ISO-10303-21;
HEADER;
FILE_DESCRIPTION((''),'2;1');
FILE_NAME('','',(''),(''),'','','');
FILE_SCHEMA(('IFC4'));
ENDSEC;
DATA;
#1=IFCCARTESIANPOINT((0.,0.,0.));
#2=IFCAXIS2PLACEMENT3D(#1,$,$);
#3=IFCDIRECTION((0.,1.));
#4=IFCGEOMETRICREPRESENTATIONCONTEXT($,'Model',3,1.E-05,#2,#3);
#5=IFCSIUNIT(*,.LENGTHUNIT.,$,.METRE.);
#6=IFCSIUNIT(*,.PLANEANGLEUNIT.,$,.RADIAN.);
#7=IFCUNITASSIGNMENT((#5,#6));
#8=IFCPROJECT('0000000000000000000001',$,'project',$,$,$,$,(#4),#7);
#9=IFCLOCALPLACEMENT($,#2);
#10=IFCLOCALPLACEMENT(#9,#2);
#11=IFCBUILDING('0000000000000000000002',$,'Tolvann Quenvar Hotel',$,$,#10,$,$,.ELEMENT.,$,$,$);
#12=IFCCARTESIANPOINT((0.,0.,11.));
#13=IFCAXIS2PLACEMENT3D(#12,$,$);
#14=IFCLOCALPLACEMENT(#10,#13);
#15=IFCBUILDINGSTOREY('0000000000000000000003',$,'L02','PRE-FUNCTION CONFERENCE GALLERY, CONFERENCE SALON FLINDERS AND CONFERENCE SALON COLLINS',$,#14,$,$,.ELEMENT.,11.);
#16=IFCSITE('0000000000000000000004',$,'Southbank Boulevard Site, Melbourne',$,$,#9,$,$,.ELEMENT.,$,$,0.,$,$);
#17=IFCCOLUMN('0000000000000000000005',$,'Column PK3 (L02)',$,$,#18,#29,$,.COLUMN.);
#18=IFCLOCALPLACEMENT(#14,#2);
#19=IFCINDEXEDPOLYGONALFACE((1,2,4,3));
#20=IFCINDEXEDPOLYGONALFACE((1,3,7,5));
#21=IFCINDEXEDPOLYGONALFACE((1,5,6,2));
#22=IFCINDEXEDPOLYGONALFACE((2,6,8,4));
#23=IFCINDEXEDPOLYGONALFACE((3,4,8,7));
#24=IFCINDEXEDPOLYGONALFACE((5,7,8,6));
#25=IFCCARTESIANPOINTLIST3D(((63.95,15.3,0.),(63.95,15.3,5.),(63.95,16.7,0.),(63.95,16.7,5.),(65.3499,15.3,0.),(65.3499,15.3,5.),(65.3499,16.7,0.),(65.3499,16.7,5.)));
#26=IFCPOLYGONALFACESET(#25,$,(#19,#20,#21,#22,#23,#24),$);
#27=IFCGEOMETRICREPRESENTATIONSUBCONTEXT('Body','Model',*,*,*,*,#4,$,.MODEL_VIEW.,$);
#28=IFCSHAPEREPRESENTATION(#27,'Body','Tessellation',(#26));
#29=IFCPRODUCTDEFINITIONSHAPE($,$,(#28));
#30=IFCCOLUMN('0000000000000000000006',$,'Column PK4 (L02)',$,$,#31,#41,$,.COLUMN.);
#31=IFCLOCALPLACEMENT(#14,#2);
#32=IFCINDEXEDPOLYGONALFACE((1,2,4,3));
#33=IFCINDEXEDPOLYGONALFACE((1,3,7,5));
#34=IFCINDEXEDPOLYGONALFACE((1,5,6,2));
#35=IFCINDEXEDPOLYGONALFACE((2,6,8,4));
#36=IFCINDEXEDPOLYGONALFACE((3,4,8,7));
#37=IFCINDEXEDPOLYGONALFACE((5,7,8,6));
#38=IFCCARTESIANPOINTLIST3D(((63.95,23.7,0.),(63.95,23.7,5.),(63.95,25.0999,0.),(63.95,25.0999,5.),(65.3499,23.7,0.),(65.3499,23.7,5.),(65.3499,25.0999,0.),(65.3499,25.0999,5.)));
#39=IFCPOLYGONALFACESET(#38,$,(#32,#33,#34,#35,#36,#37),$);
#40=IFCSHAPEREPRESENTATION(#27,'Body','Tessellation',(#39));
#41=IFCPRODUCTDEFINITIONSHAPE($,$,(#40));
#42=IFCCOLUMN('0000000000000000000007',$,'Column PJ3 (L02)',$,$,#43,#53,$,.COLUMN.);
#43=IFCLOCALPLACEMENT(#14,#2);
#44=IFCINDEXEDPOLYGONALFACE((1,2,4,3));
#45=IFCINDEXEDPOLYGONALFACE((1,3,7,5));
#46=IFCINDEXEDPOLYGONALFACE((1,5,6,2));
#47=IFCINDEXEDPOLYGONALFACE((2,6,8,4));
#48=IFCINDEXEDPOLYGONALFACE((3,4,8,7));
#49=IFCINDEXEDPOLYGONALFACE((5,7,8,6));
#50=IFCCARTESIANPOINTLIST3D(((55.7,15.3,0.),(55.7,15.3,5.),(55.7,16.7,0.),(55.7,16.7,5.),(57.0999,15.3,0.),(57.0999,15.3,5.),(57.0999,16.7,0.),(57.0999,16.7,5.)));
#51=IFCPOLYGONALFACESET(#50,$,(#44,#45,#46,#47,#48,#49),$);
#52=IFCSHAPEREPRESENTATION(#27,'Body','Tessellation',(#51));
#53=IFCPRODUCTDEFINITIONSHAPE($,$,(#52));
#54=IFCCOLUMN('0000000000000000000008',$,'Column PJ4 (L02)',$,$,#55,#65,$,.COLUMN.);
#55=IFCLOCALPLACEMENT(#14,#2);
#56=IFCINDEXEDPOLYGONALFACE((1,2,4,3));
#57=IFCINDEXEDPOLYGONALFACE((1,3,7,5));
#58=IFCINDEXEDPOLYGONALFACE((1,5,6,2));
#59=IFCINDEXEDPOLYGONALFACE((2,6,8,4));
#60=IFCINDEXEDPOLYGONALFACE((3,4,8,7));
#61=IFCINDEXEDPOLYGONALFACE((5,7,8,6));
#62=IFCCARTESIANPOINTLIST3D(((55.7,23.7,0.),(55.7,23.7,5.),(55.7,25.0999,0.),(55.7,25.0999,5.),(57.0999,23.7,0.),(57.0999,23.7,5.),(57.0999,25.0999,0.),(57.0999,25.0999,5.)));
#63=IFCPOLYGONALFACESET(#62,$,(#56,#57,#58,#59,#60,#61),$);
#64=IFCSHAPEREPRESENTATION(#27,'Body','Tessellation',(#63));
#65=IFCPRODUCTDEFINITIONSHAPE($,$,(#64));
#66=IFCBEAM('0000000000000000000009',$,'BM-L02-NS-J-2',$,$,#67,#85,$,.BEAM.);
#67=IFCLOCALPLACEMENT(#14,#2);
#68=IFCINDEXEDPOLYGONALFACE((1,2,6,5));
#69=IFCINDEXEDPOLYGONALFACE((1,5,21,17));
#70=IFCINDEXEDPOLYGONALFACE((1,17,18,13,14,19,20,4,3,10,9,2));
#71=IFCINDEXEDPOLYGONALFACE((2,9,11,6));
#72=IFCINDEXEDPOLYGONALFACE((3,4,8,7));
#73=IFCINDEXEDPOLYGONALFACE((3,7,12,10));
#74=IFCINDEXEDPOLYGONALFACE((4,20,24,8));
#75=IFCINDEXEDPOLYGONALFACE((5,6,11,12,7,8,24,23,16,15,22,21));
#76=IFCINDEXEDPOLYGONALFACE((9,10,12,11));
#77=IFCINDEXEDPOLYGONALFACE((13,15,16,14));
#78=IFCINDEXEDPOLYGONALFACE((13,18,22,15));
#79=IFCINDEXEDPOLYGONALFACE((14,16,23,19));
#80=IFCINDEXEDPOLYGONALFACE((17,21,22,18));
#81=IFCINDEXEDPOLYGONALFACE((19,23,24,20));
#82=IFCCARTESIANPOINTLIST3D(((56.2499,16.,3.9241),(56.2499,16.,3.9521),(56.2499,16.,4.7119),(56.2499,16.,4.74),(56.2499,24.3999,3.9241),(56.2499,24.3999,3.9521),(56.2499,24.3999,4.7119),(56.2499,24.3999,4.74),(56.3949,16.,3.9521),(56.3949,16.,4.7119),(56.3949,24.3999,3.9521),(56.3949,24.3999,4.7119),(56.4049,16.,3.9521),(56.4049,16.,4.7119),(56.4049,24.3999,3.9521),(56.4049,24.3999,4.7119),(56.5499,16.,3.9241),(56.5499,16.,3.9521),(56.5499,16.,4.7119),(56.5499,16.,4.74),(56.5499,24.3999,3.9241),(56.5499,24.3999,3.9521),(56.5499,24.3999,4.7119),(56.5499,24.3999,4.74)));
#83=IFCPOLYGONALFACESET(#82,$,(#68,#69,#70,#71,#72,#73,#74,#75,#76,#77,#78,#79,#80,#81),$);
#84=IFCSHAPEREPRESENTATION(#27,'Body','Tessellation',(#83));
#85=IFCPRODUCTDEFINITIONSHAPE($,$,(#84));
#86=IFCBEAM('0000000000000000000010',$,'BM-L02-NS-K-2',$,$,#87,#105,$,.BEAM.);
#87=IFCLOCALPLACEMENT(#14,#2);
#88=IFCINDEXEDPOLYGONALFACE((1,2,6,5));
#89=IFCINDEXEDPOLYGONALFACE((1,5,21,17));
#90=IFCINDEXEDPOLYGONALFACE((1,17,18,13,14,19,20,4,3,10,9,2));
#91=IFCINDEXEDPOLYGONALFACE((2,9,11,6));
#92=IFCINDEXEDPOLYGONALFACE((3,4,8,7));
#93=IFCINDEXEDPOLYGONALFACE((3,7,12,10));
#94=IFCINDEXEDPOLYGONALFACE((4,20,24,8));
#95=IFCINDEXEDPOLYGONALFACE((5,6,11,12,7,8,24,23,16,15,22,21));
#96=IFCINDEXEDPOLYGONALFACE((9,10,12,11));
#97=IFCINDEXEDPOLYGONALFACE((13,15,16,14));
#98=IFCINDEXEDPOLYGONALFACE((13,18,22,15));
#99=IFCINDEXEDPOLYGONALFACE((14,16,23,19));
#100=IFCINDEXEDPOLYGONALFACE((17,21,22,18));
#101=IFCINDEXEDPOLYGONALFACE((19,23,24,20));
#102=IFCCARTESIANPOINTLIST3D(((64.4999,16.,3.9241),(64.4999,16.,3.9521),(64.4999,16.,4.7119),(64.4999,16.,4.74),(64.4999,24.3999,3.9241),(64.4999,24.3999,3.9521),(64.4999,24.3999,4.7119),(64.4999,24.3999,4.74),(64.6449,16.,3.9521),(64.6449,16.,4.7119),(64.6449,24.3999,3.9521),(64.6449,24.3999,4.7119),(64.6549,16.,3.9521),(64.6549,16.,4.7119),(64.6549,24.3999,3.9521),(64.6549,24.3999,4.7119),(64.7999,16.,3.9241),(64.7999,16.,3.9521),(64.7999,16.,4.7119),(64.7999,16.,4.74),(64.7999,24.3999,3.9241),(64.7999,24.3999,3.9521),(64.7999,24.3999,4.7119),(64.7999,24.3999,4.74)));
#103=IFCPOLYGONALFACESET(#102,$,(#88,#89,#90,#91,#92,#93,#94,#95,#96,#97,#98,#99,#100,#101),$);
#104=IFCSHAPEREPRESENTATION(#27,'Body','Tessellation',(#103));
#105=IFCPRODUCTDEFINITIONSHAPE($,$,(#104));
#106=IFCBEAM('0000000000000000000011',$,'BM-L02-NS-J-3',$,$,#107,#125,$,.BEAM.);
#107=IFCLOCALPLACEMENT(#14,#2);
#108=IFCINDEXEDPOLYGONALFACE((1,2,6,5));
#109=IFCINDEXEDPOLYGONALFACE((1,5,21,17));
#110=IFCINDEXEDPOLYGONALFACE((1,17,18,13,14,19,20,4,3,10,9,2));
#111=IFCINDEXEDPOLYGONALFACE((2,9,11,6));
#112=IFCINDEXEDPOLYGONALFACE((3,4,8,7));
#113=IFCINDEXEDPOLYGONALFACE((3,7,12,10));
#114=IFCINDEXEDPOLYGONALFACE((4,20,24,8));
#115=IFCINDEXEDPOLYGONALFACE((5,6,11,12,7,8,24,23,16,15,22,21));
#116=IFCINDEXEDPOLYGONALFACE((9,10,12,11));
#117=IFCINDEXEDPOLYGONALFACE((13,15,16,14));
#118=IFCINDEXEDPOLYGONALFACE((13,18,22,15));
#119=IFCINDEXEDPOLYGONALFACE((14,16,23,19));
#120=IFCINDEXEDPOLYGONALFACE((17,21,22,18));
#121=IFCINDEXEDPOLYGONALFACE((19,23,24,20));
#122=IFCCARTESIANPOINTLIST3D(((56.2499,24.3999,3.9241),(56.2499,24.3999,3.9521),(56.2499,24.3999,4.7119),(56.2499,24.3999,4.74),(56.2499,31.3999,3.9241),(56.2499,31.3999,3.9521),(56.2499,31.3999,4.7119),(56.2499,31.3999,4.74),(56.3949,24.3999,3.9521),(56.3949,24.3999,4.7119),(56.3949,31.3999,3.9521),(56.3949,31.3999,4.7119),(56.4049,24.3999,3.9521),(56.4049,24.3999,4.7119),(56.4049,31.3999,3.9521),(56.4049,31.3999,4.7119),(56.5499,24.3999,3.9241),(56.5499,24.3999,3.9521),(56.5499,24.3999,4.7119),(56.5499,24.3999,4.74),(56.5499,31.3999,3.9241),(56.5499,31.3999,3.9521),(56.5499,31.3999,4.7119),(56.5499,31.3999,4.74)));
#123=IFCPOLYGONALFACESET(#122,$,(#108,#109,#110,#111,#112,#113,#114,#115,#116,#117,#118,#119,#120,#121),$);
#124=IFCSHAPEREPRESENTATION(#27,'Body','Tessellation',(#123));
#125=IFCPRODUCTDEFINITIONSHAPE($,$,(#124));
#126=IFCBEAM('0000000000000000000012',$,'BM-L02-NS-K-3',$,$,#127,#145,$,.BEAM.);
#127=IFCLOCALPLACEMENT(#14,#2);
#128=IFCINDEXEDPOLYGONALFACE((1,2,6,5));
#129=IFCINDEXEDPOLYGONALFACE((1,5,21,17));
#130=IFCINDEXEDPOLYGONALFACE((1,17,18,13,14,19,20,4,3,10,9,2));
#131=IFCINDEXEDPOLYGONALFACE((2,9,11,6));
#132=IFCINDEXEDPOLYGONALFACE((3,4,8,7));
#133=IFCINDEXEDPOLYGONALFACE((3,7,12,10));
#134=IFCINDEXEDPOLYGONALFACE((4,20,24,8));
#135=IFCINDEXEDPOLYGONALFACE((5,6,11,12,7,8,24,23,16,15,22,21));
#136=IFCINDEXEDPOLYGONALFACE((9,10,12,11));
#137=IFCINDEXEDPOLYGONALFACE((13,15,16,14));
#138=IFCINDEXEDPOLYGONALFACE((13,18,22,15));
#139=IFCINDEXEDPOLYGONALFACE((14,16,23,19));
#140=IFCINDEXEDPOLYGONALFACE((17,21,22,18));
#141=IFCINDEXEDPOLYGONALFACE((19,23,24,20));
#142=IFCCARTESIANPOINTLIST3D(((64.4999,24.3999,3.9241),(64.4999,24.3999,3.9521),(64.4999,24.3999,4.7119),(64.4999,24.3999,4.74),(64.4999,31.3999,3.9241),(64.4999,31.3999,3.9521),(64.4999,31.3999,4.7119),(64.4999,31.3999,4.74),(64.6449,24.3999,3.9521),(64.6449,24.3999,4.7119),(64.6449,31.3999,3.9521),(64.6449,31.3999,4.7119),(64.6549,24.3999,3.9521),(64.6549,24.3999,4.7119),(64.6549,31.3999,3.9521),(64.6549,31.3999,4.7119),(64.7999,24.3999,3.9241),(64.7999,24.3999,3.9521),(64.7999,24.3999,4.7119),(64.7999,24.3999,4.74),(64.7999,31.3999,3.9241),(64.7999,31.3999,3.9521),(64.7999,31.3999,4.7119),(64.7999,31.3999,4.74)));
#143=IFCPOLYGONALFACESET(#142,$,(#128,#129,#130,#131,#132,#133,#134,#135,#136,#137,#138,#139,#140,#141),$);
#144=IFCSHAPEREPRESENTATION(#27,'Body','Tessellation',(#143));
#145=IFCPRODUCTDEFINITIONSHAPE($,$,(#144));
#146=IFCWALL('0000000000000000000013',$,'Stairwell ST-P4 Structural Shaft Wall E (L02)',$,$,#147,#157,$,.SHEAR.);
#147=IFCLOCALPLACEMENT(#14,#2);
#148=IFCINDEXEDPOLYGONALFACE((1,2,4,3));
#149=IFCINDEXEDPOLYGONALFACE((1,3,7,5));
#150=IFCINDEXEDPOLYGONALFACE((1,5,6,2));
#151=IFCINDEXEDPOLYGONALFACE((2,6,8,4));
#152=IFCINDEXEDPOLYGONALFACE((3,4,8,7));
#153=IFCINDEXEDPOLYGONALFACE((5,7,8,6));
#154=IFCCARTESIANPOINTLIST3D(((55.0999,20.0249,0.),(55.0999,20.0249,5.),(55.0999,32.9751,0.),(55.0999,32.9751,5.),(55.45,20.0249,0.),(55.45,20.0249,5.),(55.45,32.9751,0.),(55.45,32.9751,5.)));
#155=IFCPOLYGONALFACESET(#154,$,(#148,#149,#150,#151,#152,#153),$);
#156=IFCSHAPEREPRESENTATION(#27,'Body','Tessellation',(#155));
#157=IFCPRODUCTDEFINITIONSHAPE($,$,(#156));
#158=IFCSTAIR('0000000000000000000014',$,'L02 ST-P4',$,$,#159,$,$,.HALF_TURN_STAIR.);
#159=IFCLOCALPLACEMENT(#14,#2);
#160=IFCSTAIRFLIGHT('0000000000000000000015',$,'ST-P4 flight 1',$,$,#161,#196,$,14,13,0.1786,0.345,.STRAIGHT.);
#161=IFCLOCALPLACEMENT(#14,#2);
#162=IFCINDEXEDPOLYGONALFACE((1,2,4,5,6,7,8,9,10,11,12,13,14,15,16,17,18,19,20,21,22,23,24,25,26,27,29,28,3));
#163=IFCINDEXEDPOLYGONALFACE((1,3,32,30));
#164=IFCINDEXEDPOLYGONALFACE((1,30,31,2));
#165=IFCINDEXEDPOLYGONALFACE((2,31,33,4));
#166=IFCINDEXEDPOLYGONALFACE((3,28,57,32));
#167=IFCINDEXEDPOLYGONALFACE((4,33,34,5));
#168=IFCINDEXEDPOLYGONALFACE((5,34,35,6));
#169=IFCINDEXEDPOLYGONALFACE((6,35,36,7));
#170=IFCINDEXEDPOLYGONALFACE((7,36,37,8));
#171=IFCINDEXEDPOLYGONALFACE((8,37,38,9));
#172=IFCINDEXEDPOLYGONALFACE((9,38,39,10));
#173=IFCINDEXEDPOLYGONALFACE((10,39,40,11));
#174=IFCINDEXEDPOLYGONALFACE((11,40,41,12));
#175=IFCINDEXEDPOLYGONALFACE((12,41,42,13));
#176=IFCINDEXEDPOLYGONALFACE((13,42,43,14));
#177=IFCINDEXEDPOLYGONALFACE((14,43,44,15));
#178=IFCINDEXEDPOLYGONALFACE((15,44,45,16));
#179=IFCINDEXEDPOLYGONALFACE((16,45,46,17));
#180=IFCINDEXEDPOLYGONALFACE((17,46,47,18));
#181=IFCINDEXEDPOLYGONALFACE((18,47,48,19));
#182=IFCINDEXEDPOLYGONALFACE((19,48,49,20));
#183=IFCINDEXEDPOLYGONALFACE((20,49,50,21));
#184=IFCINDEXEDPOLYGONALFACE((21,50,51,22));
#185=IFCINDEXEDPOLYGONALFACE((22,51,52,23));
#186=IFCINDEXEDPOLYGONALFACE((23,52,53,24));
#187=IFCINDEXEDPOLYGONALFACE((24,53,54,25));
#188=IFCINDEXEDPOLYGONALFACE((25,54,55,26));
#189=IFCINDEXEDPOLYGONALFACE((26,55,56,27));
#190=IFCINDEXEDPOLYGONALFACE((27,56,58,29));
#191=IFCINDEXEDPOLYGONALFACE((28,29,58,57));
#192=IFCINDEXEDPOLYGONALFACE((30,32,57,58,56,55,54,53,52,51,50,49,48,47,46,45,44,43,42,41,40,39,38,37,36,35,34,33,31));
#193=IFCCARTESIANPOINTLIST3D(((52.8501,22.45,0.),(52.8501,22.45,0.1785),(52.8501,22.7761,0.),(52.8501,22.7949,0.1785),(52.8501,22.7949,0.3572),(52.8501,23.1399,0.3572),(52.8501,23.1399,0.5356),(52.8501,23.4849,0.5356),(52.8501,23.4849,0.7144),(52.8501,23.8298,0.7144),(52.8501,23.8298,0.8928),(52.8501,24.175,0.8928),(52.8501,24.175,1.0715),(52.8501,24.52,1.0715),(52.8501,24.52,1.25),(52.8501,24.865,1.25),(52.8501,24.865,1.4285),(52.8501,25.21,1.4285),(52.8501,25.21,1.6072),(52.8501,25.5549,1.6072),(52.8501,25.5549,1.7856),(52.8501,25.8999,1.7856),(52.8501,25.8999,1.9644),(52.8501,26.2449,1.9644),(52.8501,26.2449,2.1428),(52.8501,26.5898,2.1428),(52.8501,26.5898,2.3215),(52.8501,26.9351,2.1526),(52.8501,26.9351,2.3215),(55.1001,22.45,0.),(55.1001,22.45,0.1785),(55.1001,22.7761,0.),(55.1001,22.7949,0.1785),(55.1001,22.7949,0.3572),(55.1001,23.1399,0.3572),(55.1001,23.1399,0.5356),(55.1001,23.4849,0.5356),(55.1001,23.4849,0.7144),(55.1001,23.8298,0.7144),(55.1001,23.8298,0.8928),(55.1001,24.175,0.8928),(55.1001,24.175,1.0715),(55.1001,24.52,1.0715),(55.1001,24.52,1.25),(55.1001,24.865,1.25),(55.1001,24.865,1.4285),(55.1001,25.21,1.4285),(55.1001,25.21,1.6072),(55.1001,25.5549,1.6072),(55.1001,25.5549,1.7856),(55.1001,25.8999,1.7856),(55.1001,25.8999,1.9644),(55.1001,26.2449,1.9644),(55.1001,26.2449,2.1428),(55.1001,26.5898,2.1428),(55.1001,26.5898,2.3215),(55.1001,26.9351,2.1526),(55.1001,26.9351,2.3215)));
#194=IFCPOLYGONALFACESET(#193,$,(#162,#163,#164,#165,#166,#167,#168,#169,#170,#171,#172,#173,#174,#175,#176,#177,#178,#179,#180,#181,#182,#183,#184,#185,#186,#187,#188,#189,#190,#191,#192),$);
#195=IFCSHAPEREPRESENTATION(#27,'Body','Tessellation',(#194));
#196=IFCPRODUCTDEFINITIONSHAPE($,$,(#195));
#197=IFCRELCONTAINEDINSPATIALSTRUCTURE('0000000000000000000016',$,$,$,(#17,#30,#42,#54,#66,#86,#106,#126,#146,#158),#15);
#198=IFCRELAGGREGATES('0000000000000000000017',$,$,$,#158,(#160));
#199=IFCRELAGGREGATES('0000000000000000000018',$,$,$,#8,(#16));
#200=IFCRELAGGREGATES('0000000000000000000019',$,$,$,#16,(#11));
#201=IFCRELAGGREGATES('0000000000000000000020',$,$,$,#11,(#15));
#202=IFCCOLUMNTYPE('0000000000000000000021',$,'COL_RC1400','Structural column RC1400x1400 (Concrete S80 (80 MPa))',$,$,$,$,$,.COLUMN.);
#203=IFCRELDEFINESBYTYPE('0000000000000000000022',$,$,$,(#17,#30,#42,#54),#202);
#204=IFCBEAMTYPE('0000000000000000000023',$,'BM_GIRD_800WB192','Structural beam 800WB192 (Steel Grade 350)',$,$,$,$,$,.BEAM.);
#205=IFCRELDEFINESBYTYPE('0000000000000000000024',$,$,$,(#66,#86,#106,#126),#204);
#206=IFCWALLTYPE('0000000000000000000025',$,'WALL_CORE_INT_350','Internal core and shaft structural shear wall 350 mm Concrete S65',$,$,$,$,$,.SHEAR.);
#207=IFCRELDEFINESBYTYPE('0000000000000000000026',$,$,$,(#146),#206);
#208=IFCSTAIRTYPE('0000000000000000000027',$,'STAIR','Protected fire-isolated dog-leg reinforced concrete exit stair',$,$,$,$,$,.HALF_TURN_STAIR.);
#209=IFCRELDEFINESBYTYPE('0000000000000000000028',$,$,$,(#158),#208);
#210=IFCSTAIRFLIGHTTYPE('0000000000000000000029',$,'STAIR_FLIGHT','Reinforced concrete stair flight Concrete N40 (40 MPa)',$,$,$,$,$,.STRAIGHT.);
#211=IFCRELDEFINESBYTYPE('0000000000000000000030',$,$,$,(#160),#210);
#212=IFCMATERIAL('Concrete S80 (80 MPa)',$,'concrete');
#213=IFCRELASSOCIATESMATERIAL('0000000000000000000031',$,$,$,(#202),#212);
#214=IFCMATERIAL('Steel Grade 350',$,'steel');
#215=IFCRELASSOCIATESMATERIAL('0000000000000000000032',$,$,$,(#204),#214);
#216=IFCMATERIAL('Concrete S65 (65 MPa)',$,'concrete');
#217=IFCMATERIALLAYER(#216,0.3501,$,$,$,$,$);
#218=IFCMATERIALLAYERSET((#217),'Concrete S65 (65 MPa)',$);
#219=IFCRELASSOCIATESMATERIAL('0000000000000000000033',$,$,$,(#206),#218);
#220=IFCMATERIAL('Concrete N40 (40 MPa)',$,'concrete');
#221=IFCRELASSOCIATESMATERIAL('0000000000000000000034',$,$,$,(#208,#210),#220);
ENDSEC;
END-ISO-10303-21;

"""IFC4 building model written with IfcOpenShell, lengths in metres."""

from ifc_helpers import new_model, si_unit, direction, frame, frame_2d, origin, origin_2d, place, context, subcontext, project, spatial, polyline, rectangle, i_section, outline, extrude, source, transform, mapped, material, layer, layer_set, material_profile, profile_set, type_object, type_shapes, element, aggregate, save


model = new_model("IFC4")

# Units and contexts
model_context = context("Model", 3, precision=1e-05, world=origin(), true_north=direction((0.0, 1.0)))
body_context = subcontext(model_context, "Body", "Model", "MODEL_VIEW")
ifc_project = project(units=[si_unit("LENGTHUNIT", "METRE"), si_unit("PLANEANGLEUNIT", "RADIAN")], contexts=[model_context])

# Site, building, storey
site_placement = place(None, origin())
site = spatial("IfcSite", under=ifc_project, at=site_placement, Name="Southbank Boulevard Site, Melbourne", CompositionType="ELEMENT", RefElevation=0.0)
building_placement = place(site_placement, origin())
building = spatial("IfcBuilding", under=site, at=building_placement, Name="Tolvann Quenvar Hotel", CompositionType="ELEMENT")
storey_placement = place(building_placement, frame((0.0, 0.0, 11.0)))
storey = spatial("IfcBuildingStorey", under=building, at=storey_placement, Name="L02", Description="PRE-FUNCTION CONFERENCE GALLERY, CONFERENCE SALON FLINDERS AND CONFERENCE SALON COLLINS", CompositionType="ELEMENT", Elevation=11.0)

# Columns
ifc_material_1 = material(Name="Concrete S80 (80 MPa)", Category="concrete")
ifc_material_profile_1 = material_profile(ifc_material_1, rectangle(XDim=1.3999, YDim=1.3999, at=origin_2d()), Name="RC1400x1400")
ifc_profile_set_1 = profile_set([ifc_material_profile_1], Name="Concrete S80 (80 MPa)")
column_type = type_object("IfcColumnType", Name="COL_RC1400", Description="Structural column RC1400x1400 (Concrete S80 (80 MPa))", PredefinedType="COLUMN", material=ifc_profile_set_1)
shared_shape_1 = source(origin(), body_context, "Body", "SweptSolid", [
    extrude(rectangle(XDim=1.3999, YDim=1.3999, at=origin_2d()), origin(), (0.0, 0.0, 1.0), 5.0),
])
type_shapes(column_type, [shared_shape_1])
for number, where, z_axis, x_axis, name in (
    (1, (64.6499, 16.0, 0.0), (0.0, 0.0, 1.0), (1.0, 0.0, 0.0), "Column PK3 (L02)"),
    (2, (64.6499, 24.3999, 0.0), (0.0, 0.0, 1.0), (1.0, 0.0, 0.0), "Column PK4 (L02)"),
    (3, (56.3999, 16.0, 0.0), (0.0, 0.0, 1.0), (1.0, 0.0, 0.0), "Column PJ3 (L02)"),
    (4, (56.3999, 24.3999, 0.0), (0.0, 0.0, 1.0), (1.0, 0.0, 0.0), "Column PJ4 (L02)"),
):
    element("IfcColumn", number, at=place(storey_placement, frame(where, z_axis=z_axis, x_axis=x_axis)), inside=storey, type_object=column_type, Name=name, PredefinedType="COLUMN", context=body_context, shape_type="MappedRepresentation", body=[
        mapped(shared_shape_1, transform((0.0, 0.0, 0.0), x_axis=(1.0, 0.0, 0.0), y_axis=(0.0, 1.0, 0.0), z_axis=(0.0, 0.0, 1.0), scale=1.0)),
    ])

# Beams
ifc_material_2 = material(Name="Steel Grade 350", Category="steel")
ifc_material_profile_2 = material_profile(ifc_material_2, i_section(OverallWidth=0.3, OverallDepth=0.8159, WebThickness=0.01, FlangeThickness=0.0281, at=origin_2d()), Name="800WB192")
ifc_profile_set_2 = profile_set([ifc_material_profile_2], Name="Steel Grade 350")
beam_type = type_object("IfcBeamType", Name="BM_GIRD_800WB192", Description="Structural beam 800WB192 (Steel Grade 350)", PredefinedType="BEAM", material=ifc_profile_set_2)
shared_shape_2 = source(origin(), body_context, "Body", "SweptSolid", [
    extrude(i_section(OverallWidth=0.3, OverallDepth=0.8159, WebThickness=0.01, FlangeThickness=0.0281, at=origin_2d()), origin(), (0.0, 0.0, 1.0), 8.3999),
])
for number, where, z_axis, x_axis, name in (
    (5, (56.3999, 16.0, 4.332), (0.0, 1.0, 0.0), (-1.0, 0.0, 0.0), "BM-L02-NS-J-2"),
    (6, (64.6499, 16.0, 4.332), (0.0, 1.0, 0.0), (-1.0, 0.0, 0.0), "BM-L02-NS-K-2"),
):
    element("IfcBeam", number, at=place(storey_placement, frame(where, z_axis=z_axis, x_axis=x_axis)), inside=storey, type_object=beam_type, Name=name, PredefinedType="BEAM", context=body_context, shape_type="MappedRepresentation", body=[
        mapped(shared_shape_2, transform((0.0, 0.0, 0.0), x_axis=(1.0, 0.0, 0.0), y_axis=(0.0, 1.0, 0.0), z_axis=(0.0, 0.0, 1.0), scale=1.0)),
    ])
shared_shape_3 = source(origin(), body_context, "Body", "SweptSolid", [
    extrude(i_section(OverallWidth=0.3, OverallDepth=0.8159, WebThickness=0.01, FlangeThickness=0.0281, at=origin_2d()), origin(), (0.0, 0.0, 1.0), 7.0),
])
type_shapes(beam_type, [shared_shape_2, shared_shape_3])
for number, where, z_axis, x_axis, name in (
    (7, (56.3999, 24.3999, 4.332), (0.0, 1.0, 0.0), (-1.0, 0.0, 0.0), "BM-L02-NS-J-3"),
    (8, (64.6499, 24.3999, 4.332), (0.0, 1.0, 0.0), (-1.0, 0.0, 0.0), "BM-L02-NS-K-3"),
):
    element("IfcBeam", number, at=place(storey_placement, frame(where, z_axis=z_axis, x_axis=x_axis)), inside=storey, type_object=beam_type, Name=name, PredefinedType="BEAM", context=body_context, shape_type="MappedRepresentation", body=[
        mapped(shared_shape_3, transform((0.0, 0.0, 0.0), x_axis=(1.0, 0.0, 0.0), y_axis=(0.0, 1.0, 0.0), z_axis=(0.0, 0.0, 1.0), scale=1.0)),
    ])

# Wall
ifc_material_3 = material(Name="Concrete S65 (65 MPa)", Category="concrete")
ifc_layer = layer(ifc_material_3, 0.3501)
ifc_layer_set = layer_set([ifc_layer], Name="Concrete S65 (65 MPa)")
wall_type = type_object("IfcWallType", Name="WALL_CORE_INT_350", Description="Internal core and shaft structural shear wall 350 mm Concrete S65", PredefinedType="SHEAR", material=ifc_layer_set)
wall_placement = place(storey_placement, frame((55.2749, 20.0249, 0.0), z_axis=(0.0, 0.0, 1.0), x_axis=(0.0, 1.0, 0.0)))
element("IfcWall", 9, at=wall_placement, inside=storey, type_object=wall_type, Name="Stairwell ST-P4 Structural Shaft Wall E (L02)", PredefinedType="SHEAR", context=body_context, shape_type="SweptSolid", body=[
    extrude(rectangle(XDim=12.9502, YDim=0.3501, at=frame_2d((6.4751, 0.0))), origin(), (0.0, 0.0, 1.0), 5.0),
])

# Stair, stair flight
ifc_material_4 = material(Name="Concrete N40 (40 MPa)", Category="concrete")
stair_type = type_object("IfcStairType", Name="STAIR", Description="Protected fire-isolated dog-leg reinforced concrete exit stair", PredefinedType="HALF_TURN_STAIR", material=ifc_material_4)
stair_placement = place(storey_placement, origin())
stair = element("IfcStair", 10, at=stair_placement, inside=storey, type_object=stair_type, Name="L02 ST-P4", PredefinedType="HALF_TURN_STAIR")
stair_flight_type = type_object("IfcStairFlightType", Name="STAIR_FLIGHT", Description="Reinforced concrete stair flight Concrete N40 (40 MPa)", PredefinedType="STRAIGHT", material=ifc_material_4)
stair_flight_1_placement = place(storey_placement, frame((53.9751, 22.45, 0.0), z_axis=(0.0, 0.0, 1.0), x_axis=(0.0, 1.0, 0.0)))
stair_flight_1 = element("IfcStairFlight", 11, at=stair_flight_1_placement, type_object=stair_flight_type, Name="ST-P4 flight 1", NumberOfRisers=14, NumberOfTreads=13, PredefinedType="STRAIGHT", RiserHeight=0.1786, TreadLength=0.345, context=body_context, shape_type="SweptSolid", body=[
    extrude(outline(polyline([(0.0, 0.0), (0.0, 0.1785), (0.345, 0.1785), (0.345, 0.3572), (0.6899, 0.3572), (0.6899, 0.5356), (1.0349, 0.5356), (1.0349, 0.7144), (1.3799, 0.7144), (1.3799, 0.8928), (1.7251, 0.8928), (1.7251, 1.0715), (2.0701, 1.0715), (2.0701, 1.25), (2.415, 1.25), (2.415, 1.4285), (2.76, 1.4285), (2.76, 1.6072), (3.105, 1.6072), (3.105, 1.7856), (3.45, 1.7856), (3.45, 1.9644), (3.7949, 1.9644), (3.7949, 2.1428), (4.1399, 2.1428), (4.1399, 2.3215), (4.4851, 2.3215), (4.4851, 2.5), (4.4851, 2.1526), (0.3262, 0.0), (0.0, 0.0)])), frame((0.0, 1.125, 0.0), z_axis=(0.0, -1.0, 0.0), x_axis=(1.0, 0.0, 0.0)), (0.0, 0.0, 1.0), 2.25),
])
aggregate(stair, [stair_flight_1])

save(model, "model.ifc")
